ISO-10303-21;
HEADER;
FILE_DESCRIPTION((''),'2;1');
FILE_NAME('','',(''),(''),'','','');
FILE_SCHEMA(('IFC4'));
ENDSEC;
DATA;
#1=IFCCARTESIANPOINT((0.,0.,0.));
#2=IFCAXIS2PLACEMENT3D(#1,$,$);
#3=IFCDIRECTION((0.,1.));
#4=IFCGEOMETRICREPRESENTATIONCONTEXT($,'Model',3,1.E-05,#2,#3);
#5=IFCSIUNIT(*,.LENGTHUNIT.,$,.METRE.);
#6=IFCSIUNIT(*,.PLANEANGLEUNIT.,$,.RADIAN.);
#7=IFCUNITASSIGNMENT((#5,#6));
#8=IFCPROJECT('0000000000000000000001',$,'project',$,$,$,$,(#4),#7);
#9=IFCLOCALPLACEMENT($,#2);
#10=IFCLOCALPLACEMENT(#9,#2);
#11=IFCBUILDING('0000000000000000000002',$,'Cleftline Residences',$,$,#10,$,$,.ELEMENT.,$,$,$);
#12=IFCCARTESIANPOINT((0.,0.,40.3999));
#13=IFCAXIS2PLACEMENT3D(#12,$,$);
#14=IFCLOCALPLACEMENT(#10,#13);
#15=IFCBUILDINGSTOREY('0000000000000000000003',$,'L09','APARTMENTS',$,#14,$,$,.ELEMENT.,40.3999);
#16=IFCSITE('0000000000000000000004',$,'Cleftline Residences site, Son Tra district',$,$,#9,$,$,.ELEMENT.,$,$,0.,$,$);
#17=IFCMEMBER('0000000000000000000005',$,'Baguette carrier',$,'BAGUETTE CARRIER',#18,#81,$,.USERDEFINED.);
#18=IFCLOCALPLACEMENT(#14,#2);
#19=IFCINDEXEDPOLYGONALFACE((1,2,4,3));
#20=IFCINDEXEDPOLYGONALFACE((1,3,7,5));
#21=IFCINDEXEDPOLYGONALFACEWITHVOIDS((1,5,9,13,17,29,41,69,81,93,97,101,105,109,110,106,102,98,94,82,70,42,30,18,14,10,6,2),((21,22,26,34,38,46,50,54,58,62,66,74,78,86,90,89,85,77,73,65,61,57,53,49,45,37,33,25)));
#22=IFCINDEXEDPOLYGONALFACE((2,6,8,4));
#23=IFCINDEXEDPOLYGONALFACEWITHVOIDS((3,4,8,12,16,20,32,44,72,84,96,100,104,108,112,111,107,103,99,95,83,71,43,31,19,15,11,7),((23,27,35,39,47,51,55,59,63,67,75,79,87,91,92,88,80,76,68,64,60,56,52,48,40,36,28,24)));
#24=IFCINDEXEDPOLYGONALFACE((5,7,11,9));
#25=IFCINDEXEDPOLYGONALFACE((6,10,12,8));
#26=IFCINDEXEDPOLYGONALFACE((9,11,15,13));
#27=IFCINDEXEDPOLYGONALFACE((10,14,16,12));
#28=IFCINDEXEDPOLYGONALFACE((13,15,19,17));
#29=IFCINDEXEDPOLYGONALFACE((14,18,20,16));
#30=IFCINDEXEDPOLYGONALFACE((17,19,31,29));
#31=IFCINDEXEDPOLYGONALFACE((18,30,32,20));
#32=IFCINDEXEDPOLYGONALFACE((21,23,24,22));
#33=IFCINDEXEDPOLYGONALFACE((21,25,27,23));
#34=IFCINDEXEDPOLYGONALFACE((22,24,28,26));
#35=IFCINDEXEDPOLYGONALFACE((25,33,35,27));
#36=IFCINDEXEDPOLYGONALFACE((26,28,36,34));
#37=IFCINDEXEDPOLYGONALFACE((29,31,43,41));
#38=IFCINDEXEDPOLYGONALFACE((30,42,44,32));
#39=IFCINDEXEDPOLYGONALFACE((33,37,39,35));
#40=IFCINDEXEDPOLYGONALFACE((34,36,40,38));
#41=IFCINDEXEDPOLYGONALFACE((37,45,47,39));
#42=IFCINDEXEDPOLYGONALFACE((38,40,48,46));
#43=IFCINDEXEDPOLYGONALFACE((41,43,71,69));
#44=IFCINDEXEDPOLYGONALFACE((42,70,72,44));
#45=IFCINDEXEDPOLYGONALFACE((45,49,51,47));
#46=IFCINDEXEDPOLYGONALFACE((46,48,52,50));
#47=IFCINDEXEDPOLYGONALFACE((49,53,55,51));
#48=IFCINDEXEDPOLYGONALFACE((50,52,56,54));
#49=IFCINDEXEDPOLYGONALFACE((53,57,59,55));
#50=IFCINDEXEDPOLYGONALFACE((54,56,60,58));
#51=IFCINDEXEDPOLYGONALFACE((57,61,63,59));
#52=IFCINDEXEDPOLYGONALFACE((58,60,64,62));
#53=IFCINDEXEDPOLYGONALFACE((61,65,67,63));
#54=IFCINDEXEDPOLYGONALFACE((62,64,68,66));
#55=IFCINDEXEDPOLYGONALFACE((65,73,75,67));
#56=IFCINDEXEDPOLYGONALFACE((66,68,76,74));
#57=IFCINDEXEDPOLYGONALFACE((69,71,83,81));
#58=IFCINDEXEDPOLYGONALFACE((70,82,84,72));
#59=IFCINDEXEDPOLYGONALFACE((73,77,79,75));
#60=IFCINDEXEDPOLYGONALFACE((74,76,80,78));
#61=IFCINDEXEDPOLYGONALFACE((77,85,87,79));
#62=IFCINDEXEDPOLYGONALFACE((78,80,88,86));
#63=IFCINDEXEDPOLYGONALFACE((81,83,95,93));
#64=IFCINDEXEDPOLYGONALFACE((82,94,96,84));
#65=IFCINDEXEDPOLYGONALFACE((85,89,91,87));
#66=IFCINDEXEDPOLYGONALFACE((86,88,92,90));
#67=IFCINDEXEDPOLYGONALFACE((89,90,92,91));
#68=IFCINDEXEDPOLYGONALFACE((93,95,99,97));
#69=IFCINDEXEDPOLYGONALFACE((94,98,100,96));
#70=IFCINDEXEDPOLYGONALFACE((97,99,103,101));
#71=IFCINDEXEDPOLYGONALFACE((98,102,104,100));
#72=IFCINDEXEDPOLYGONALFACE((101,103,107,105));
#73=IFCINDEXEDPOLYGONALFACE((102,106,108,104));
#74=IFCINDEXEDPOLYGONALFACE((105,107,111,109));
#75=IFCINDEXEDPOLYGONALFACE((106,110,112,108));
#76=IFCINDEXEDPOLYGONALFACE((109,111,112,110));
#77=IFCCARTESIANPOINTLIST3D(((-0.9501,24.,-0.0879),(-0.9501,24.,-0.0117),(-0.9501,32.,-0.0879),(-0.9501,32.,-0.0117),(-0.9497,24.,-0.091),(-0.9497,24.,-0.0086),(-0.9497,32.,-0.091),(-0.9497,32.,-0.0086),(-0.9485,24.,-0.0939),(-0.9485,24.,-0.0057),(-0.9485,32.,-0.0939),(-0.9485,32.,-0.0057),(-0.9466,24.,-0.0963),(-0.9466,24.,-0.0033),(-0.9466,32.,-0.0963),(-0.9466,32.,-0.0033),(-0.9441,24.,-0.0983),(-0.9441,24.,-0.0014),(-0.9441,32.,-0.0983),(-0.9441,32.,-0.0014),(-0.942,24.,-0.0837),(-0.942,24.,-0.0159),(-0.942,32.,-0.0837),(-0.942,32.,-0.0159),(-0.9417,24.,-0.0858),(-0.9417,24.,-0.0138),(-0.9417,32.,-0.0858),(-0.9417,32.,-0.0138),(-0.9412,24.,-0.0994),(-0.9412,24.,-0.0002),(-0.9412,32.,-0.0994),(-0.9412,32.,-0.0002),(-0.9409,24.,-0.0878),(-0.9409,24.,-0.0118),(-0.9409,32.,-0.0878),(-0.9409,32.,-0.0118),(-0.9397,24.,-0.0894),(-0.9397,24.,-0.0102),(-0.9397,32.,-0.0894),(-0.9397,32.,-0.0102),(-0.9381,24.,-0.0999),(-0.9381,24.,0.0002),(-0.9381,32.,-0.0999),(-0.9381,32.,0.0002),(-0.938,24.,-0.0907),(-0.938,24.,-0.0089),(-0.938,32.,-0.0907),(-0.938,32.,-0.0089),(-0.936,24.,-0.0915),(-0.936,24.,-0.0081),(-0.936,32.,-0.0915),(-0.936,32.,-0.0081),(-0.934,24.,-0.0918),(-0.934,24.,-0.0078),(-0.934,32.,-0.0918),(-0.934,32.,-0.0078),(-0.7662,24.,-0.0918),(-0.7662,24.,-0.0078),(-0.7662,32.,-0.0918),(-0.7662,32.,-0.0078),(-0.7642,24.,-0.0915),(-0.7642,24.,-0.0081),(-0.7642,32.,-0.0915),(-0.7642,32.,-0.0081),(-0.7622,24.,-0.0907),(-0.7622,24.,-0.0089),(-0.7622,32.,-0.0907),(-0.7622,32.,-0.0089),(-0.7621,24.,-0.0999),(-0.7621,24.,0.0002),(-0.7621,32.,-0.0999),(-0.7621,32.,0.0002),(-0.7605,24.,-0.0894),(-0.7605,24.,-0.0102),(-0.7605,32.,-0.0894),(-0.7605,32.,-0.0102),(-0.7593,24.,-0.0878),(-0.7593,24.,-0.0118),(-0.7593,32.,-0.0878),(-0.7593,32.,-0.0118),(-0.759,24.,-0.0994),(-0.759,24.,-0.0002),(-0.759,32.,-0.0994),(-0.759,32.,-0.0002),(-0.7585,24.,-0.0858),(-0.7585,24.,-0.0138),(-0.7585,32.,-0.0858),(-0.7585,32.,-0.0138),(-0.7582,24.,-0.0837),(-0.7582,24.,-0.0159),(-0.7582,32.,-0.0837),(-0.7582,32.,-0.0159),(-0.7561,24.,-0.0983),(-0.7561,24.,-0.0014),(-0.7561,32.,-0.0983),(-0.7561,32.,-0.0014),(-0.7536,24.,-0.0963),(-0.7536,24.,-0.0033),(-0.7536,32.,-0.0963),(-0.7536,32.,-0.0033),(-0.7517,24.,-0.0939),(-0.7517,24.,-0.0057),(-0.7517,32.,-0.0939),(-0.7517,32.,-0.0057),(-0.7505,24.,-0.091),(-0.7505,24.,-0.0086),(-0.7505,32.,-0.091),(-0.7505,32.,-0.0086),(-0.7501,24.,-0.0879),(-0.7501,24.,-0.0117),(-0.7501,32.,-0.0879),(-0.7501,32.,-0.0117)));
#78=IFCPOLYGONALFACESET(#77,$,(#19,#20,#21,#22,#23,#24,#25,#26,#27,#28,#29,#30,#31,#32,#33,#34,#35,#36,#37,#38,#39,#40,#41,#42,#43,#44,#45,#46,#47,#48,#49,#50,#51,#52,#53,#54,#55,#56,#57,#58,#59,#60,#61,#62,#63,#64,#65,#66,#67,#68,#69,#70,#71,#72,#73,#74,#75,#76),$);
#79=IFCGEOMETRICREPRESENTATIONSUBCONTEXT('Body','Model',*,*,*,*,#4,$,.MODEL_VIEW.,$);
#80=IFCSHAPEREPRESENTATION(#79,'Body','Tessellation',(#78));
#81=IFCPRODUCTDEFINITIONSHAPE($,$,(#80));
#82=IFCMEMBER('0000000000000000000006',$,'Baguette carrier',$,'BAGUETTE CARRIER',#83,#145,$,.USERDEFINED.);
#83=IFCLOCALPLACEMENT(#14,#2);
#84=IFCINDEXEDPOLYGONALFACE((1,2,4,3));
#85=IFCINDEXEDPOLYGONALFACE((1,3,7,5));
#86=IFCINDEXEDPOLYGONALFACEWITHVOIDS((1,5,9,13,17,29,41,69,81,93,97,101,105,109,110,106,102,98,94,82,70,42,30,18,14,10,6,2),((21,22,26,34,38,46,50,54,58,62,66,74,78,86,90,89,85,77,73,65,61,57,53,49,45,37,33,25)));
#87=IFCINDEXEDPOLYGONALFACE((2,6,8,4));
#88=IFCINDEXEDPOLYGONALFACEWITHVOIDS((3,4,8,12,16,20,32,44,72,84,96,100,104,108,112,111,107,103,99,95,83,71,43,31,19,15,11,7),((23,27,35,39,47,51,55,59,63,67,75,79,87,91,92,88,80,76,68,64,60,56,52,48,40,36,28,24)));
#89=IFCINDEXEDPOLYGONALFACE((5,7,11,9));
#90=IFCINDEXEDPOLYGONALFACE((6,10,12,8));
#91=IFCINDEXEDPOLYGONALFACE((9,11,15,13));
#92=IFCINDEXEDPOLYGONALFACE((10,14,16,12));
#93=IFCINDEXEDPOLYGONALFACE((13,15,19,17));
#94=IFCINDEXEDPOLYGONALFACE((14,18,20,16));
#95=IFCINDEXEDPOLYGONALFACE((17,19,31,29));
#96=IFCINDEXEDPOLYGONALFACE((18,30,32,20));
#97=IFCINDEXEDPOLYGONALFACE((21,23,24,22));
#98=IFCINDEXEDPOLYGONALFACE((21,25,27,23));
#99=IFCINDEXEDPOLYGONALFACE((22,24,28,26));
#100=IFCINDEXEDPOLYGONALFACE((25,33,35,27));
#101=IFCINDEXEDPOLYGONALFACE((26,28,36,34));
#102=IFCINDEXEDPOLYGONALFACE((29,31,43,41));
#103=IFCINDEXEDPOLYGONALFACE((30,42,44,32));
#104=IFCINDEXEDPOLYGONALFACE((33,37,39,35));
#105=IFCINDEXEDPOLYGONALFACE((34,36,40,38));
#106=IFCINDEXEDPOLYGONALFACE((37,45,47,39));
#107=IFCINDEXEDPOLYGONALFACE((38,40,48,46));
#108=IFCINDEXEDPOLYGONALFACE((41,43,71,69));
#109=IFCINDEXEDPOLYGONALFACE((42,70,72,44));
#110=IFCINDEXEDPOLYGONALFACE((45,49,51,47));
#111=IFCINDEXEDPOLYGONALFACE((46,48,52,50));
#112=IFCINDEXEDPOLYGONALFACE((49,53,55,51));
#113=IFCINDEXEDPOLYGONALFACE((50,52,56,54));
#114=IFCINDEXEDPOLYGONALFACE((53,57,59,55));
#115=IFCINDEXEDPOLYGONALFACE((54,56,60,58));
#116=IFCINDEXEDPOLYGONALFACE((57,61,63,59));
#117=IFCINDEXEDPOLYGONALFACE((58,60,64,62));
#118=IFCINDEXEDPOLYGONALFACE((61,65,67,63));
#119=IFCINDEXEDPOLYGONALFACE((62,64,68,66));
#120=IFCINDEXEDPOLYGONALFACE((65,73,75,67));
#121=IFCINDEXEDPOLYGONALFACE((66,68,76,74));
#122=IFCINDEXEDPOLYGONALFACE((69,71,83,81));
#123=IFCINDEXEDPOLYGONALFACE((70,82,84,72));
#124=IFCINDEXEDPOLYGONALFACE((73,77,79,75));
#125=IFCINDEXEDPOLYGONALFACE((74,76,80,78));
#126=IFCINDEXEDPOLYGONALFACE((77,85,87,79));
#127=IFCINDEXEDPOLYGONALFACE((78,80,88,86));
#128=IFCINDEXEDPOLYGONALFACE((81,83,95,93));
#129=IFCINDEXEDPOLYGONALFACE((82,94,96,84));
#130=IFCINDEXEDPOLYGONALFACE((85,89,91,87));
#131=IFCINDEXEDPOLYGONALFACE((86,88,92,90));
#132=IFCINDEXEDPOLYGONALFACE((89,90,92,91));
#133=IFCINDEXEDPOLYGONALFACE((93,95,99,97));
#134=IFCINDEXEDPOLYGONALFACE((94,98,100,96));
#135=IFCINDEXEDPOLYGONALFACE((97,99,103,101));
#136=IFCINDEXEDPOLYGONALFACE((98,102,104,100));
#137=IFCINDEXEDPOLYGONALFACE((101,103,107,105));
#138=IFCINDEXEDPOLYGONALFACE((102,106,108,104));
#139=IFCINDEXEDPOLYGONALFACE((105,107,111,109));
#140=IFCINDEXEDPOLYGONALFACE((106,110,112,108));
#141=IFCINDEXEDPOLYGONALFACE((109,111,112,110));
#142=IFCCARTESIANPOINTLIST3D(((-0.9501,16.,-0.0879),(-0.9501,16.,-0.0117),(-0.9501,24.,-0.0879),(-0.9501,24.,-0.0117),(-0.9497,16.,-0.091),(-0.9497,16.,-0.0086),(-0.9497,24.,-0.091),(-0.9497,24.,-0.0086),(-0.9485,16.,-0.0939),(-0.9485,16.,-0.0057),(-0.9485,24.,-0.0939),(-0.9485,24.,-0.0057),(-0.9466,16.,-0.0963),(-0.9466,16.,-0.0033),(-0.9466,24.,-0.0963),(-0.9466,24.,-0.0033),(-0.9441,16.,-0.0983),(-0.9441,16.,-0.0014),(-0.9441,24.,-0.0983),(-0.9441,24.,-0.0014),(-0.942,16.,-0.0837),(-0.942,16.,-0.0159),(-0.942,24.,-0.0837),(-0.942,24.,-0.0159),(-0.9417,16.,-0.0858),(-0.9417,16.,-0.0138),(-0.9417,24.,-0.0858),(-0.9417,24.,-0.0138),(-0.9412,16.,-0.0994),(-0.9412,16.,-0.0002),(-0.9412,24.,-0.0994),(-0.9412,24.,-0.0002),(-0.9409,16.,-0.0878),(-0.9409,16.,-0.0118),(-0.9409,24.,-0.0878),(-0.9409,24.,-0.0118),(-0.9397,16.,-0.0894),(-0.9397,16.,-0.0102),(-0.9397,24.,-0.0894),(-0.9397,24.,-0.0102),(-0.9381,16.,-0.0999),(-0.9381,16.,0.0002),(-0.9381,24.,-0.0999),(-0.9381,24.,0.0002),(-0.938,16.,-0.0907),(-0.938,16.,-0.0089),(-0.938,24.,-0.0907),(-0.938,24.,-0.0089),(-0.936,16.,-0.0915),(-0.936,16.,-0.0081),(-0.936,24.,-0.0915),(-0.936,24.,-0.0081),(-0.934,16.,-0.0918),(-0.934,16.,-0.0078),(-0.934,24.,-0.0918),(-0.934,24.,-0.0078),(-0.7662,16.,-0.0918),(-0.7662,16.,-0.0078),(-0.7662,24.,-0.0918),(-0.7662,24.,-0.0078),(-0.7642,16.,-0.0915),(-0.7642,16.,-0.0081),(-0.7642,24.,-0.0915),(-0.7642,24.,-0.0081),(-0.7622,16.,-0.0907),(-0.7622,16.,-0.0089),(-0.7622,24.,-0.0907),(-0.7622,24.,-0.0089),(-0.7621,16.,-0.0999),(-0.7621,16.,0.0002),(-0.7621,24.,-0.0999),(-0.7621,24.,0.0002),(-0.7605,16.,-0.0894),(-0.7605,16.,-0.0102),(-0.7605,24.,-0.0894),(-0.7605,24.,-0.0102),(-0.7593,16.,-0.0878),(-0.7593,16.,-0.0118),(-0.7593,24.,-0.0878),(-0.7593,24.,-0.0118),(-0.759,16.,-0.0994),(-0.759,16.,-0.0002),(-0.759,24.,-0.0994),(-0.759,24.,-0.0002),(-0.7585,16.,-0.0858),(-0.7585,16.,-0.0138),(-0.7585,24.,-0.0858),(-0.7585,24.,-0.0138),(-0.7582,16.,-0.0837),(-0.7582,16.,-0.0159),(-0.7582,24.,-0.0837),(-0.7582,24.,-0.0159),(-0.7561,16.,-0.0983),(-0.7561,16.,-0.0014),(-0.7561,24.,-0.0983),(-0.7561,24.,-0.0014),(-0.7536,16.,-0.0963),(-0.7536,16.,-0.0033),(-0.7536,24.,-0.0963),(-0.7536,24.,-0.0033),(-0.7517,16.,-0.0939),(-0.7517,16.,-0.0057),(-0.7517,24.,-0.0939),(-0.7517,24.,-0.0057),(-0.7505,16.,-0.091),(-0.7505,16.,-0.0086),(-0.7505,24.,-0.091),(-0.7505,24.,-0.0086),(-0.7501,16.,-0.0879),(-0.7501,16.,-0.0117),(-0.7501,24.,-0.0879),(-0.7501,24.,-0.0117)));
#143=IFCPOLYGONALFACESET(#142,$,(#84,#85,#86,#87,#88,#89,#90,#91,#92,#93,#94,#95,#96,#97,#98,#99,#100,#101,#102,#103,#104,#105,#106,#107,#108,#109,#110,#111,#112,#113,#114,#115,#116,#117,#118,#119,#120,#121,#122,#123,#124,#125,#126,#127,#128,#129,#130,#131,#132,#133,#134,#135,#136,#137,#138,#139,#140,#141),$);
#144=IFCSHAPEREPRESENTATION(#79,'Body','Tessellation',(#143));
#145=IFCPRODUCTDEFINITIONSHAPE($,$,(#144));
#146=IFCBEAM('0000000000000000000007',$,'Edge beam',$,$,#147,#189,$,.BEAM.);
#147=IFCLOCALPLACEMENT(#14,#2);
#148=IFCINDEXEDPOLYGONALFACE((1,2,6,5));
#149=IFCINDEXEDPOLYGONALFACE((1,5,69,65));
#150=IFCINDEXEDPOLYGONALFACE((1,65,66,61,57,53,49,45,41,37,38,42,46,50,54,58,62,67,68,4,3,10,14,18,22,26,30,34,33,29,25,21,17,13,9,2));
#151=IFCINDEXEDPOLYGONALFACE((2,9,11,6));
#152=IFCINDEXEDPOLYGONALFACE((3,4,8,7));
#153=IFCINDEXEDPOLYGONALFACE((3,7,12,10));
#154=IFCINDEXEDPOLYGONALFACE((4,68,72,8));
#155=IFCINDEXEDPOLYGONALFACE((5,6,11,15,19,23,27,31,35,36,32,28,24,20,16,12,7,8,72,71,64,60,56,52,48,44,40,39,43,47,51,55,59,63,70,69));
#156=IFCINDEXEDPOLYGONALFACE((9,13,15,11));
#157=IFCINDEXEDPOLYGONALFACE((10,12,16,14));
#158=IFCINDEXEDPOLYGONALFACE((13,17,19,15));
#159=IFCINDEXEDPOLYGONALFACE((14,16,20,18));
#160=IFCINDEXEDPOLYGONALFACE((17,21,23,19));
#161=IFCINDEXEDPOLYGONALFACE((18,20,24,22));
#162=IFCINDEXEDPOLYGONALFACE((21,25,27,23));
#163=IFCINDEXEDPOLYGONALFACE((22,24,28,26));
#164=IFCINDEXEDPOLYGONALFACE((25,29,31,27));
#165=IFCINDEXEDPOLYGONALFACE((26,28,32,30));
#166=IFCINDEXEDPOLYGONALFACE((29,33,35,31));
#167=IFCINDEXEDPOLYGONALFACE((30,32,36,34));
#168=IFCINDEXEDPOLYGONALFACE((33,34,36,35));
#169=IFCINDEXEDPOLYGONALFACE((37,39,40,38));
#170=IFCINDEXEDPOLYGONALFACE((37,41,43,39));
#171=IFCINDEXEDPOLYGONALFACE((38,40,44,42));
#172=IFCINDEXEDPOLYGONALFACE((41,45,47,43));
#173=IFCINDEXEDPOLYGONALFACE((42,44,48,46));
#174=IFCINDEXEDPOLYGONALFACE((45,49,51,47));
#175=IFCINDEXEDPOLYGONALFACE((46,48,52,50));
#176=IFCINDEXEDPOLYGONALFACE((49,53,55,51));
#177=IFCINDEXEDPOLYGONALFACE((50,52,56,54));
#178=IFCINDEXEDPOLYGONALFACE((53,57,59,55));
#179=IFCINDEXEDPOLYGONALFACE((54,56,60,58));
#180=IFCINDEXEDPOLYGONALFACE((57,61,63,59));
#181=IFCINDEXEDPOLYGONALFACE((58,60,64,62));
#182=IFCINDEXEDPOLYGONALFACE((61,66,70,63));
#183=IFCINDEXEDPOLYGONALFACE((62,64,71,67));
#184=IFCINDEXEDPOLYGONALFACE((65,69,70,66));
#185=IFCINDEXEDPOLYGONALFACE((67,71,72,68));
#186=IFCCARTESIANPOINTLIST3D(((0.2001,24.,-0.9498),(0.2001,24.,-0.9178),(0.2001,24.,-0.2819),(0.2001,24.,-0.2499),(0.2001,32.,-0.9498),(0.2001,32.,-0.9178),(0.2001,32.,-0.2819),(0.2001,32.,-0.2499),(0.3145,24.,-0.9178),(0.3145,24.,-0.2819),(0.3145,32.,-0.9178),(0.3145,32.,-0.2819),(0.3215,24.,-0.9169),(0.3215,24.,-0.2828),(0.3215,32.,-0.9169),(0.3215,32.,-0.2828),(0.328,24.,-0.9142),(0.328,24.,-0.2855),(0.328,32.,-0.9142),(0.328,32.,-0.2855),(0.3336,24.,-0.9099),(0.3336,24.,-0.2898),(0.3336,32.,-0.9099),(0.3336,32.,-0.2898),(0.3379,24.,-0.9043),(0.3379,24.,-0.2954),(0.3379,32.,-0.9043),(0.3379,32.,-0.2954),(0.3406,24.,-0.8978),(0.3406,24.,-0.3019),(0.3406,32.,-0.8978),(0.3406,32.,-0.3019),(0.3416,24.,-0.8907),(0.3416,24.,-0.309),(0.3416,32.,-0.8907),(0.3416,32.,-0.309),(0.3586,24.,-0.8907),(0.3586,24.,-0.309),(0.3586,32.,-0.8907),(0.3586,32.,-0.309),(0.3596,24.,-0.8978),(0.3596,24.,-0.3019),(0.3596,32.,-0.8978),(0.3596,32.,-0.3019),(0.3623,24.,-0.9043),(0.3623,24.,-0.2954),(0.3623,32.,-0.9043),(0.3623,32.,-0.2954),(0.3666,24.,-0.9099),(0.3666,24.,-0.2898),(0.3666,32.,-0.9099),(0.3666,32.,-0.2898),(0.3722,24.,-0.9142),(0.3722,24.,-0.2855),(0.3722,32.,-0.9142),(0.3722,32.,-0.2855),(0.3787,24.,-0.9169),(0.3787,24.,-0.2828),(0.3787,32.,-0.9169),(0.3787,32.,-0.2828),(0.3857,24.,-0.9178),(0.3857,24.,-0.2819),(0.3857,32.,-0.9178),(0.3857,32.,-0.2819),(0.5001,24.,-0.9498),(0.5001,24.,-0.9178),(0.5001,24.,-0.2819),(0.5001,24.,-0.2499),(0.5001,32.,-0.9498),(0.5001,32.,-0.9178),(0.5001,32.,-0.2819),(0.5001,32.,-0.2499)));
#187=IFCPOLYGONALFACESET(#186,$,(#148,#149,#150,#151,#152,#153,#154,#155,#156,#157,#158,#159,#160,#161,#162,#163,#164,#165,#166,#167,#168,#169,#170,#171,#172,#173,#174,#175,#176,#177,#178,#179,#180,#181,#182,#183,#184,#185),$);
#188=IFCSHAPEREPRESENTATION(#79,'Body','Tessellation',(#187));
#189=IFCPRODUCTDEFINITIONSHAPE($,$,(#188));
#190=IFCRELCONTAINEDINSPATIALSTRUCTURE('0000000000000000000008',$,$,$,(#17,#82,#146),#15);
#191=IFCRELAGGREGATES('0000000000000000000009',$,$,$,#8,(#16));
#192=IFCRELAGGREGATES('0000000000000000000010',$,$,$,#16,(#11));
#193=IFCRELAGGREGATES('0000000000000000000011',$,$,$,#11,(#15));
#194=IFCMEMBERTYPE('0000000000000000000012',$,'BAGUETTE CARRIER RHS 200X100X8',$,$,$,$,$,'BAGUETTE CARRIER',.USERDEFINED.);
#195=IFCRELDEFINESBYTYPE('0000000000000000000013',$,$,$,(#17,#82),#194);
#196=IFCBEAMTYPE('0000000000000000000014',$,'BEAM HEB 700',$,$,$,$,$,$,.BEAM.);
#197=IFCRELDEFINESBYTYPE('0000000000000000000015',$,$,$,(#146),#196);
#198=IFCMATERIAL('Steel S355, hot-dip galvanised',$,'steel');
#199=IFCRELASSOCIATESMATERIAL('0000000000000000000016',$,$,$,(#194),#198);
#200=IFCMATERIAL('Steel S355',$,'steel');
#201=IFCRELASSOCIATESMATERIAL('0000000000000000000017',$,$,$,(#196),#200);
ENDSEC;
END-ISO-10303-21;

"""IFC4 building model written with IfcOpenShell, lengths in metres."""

from ifc_helpers import new_model, si_unit, direction, frame, origin, origin_2d, place, context, subcontext, project, spatial, hollow_rectangle, i_section, extrude, material, material_profile, profile_set, type_object, element, save


model = new_model("IFC4")

# Units and contexts
model_context = context("Model", 3, precision=1e-05, world=origin(), true_north=direction((0.0, 1.0)))
body_context = subcontext(model_context, "Body", "Model", "MODEL_VIEW")
ifc_project = project(units=[si_unit("LENGTHUNIT", "METRE"), si_unit("PLANEANGLEUNIT", "RADIAN")], contexts=[model_context])

# Site, building, storey
site_placement = place(None, origin())
site = spatial("IfcSite", under=ifc_project, at=site_placement, Name="Cleftline Residences site, Son Tra district", CompositionType="ELEMENT", RefElevation=0.0)
building_placement = place(site_placement, origin())
building = spatial("IfcBuilding", under=site, at=building_placement, Name="Cleftline Residences", CompositionType="ELEMENT")
storey_placement = place(building_placement, frame((0.0, 0.0, 40.3999)))
storey = spatial("IfcBuildingStorey", under=building, at=storey_placement, Name="L09", Description="APARTMENTS", CompositionType="ELEMENT", Elevation=40.3999)

# Members
ifc_material_1 = material(Name="Steel S355, hot-dip galvanised", Category="steel")
ifc_material_profile_1 = material_profile(ifc_material_1, hollow_rectangle(XDim=0.1001, YDim=0.2, WallThickness=0.0081, InnerFilletRadius=0.0081, OuterFilletRadius=0.012, at=origin_2d()))
ifc_profile_set_1 = profile_set([ifc_material_profile_1], Name="Steel S355, hot-dip galvanised")
member_type_1 = type_object("IfcMemberType", Name="BAGUETTE CARRIER RHS 200X100X8", ElementType="BAGUETTE CARRIER", PredefinedType="USERDEFINED", material=ifc_profile_set_1)
for number, where, z_axis, x_axis, name in (
    (1, (-0.8501, 32.0, -0.0498), (0.0, -1.0, 0.0), (0.0, 0.0, 1.0), "Baguette carrier"),
    (2, (-0.8501, 24.0, -0.0498), (0.0, -1.0, 0.0), (0.0, 0.0, 1.0), "Baguette carrier"),
):
    element("IfcMember", number, at=place(storey_placement, frame(where, z_axis=z_axis, x_axis=x_axis)), inside=storey, type_object=member_type_1, Name=name, ObjectType="BAGUETTE CARRIER", PredefinedType="USERDEFINED", context=body_context, shape_type="SweptSolid", body=[
        extrude(hollow_rectangle(XDim=0.1001, YDim=0.2, WallThickness=0.0081, InnerFilletRadius=0.0081, OuterFilletRadius=0.012, at=origin_2d()), origin(), (0.0, 0.0, 1.0), 8.0),
    ])

# Beam
ifc_material_2 = material(Name="Steel S355", Category="steel")
ifc_material_profile_2 = material_profile(ifc_material_2, i_section(OverallWidth=0.3, OverallDepth=0.7, WebThickness=0.0171, FlangeThickness=0.032, FilletRadius=0.0271, at=origin_2d()))
ifc_profile_set_2 = profile_set([ifc_material_profile_2], Name="Steel S355")
beam_type_1 = type_object("IfcBeamType", Name="BEAM HEB 700", PredefinedType="BEAM", material=ifc_profile_set_2)
for number, where, z_axis, x_axis, name in (
    (3, (0.3501, 24.0, -0.5999), (0.0, 1.0, 0.0), (-1.0, 0.0, 0.0), "Edge beam"),
):
    element("IfcBeam", number, at=place(storey_placement, frame(where, z_axis=z_axis, x_axis=x_axis)), inside=storey, type_object=beam_type_1, Name=name, PredefinedType="BEAM", context=body_context, shape_type="SweptSolid", body=[
        extrude(i_section(OverallWidth=0.3, OverallDepth=0.7, WebThickness=0.0171, FlangeThickness=0.032, FilletRadius=0.0271, at=origin_2d()), origin(), (0.0, 0.0, 1.0), 8.0),
    ])

save(model, "model.ifc")
